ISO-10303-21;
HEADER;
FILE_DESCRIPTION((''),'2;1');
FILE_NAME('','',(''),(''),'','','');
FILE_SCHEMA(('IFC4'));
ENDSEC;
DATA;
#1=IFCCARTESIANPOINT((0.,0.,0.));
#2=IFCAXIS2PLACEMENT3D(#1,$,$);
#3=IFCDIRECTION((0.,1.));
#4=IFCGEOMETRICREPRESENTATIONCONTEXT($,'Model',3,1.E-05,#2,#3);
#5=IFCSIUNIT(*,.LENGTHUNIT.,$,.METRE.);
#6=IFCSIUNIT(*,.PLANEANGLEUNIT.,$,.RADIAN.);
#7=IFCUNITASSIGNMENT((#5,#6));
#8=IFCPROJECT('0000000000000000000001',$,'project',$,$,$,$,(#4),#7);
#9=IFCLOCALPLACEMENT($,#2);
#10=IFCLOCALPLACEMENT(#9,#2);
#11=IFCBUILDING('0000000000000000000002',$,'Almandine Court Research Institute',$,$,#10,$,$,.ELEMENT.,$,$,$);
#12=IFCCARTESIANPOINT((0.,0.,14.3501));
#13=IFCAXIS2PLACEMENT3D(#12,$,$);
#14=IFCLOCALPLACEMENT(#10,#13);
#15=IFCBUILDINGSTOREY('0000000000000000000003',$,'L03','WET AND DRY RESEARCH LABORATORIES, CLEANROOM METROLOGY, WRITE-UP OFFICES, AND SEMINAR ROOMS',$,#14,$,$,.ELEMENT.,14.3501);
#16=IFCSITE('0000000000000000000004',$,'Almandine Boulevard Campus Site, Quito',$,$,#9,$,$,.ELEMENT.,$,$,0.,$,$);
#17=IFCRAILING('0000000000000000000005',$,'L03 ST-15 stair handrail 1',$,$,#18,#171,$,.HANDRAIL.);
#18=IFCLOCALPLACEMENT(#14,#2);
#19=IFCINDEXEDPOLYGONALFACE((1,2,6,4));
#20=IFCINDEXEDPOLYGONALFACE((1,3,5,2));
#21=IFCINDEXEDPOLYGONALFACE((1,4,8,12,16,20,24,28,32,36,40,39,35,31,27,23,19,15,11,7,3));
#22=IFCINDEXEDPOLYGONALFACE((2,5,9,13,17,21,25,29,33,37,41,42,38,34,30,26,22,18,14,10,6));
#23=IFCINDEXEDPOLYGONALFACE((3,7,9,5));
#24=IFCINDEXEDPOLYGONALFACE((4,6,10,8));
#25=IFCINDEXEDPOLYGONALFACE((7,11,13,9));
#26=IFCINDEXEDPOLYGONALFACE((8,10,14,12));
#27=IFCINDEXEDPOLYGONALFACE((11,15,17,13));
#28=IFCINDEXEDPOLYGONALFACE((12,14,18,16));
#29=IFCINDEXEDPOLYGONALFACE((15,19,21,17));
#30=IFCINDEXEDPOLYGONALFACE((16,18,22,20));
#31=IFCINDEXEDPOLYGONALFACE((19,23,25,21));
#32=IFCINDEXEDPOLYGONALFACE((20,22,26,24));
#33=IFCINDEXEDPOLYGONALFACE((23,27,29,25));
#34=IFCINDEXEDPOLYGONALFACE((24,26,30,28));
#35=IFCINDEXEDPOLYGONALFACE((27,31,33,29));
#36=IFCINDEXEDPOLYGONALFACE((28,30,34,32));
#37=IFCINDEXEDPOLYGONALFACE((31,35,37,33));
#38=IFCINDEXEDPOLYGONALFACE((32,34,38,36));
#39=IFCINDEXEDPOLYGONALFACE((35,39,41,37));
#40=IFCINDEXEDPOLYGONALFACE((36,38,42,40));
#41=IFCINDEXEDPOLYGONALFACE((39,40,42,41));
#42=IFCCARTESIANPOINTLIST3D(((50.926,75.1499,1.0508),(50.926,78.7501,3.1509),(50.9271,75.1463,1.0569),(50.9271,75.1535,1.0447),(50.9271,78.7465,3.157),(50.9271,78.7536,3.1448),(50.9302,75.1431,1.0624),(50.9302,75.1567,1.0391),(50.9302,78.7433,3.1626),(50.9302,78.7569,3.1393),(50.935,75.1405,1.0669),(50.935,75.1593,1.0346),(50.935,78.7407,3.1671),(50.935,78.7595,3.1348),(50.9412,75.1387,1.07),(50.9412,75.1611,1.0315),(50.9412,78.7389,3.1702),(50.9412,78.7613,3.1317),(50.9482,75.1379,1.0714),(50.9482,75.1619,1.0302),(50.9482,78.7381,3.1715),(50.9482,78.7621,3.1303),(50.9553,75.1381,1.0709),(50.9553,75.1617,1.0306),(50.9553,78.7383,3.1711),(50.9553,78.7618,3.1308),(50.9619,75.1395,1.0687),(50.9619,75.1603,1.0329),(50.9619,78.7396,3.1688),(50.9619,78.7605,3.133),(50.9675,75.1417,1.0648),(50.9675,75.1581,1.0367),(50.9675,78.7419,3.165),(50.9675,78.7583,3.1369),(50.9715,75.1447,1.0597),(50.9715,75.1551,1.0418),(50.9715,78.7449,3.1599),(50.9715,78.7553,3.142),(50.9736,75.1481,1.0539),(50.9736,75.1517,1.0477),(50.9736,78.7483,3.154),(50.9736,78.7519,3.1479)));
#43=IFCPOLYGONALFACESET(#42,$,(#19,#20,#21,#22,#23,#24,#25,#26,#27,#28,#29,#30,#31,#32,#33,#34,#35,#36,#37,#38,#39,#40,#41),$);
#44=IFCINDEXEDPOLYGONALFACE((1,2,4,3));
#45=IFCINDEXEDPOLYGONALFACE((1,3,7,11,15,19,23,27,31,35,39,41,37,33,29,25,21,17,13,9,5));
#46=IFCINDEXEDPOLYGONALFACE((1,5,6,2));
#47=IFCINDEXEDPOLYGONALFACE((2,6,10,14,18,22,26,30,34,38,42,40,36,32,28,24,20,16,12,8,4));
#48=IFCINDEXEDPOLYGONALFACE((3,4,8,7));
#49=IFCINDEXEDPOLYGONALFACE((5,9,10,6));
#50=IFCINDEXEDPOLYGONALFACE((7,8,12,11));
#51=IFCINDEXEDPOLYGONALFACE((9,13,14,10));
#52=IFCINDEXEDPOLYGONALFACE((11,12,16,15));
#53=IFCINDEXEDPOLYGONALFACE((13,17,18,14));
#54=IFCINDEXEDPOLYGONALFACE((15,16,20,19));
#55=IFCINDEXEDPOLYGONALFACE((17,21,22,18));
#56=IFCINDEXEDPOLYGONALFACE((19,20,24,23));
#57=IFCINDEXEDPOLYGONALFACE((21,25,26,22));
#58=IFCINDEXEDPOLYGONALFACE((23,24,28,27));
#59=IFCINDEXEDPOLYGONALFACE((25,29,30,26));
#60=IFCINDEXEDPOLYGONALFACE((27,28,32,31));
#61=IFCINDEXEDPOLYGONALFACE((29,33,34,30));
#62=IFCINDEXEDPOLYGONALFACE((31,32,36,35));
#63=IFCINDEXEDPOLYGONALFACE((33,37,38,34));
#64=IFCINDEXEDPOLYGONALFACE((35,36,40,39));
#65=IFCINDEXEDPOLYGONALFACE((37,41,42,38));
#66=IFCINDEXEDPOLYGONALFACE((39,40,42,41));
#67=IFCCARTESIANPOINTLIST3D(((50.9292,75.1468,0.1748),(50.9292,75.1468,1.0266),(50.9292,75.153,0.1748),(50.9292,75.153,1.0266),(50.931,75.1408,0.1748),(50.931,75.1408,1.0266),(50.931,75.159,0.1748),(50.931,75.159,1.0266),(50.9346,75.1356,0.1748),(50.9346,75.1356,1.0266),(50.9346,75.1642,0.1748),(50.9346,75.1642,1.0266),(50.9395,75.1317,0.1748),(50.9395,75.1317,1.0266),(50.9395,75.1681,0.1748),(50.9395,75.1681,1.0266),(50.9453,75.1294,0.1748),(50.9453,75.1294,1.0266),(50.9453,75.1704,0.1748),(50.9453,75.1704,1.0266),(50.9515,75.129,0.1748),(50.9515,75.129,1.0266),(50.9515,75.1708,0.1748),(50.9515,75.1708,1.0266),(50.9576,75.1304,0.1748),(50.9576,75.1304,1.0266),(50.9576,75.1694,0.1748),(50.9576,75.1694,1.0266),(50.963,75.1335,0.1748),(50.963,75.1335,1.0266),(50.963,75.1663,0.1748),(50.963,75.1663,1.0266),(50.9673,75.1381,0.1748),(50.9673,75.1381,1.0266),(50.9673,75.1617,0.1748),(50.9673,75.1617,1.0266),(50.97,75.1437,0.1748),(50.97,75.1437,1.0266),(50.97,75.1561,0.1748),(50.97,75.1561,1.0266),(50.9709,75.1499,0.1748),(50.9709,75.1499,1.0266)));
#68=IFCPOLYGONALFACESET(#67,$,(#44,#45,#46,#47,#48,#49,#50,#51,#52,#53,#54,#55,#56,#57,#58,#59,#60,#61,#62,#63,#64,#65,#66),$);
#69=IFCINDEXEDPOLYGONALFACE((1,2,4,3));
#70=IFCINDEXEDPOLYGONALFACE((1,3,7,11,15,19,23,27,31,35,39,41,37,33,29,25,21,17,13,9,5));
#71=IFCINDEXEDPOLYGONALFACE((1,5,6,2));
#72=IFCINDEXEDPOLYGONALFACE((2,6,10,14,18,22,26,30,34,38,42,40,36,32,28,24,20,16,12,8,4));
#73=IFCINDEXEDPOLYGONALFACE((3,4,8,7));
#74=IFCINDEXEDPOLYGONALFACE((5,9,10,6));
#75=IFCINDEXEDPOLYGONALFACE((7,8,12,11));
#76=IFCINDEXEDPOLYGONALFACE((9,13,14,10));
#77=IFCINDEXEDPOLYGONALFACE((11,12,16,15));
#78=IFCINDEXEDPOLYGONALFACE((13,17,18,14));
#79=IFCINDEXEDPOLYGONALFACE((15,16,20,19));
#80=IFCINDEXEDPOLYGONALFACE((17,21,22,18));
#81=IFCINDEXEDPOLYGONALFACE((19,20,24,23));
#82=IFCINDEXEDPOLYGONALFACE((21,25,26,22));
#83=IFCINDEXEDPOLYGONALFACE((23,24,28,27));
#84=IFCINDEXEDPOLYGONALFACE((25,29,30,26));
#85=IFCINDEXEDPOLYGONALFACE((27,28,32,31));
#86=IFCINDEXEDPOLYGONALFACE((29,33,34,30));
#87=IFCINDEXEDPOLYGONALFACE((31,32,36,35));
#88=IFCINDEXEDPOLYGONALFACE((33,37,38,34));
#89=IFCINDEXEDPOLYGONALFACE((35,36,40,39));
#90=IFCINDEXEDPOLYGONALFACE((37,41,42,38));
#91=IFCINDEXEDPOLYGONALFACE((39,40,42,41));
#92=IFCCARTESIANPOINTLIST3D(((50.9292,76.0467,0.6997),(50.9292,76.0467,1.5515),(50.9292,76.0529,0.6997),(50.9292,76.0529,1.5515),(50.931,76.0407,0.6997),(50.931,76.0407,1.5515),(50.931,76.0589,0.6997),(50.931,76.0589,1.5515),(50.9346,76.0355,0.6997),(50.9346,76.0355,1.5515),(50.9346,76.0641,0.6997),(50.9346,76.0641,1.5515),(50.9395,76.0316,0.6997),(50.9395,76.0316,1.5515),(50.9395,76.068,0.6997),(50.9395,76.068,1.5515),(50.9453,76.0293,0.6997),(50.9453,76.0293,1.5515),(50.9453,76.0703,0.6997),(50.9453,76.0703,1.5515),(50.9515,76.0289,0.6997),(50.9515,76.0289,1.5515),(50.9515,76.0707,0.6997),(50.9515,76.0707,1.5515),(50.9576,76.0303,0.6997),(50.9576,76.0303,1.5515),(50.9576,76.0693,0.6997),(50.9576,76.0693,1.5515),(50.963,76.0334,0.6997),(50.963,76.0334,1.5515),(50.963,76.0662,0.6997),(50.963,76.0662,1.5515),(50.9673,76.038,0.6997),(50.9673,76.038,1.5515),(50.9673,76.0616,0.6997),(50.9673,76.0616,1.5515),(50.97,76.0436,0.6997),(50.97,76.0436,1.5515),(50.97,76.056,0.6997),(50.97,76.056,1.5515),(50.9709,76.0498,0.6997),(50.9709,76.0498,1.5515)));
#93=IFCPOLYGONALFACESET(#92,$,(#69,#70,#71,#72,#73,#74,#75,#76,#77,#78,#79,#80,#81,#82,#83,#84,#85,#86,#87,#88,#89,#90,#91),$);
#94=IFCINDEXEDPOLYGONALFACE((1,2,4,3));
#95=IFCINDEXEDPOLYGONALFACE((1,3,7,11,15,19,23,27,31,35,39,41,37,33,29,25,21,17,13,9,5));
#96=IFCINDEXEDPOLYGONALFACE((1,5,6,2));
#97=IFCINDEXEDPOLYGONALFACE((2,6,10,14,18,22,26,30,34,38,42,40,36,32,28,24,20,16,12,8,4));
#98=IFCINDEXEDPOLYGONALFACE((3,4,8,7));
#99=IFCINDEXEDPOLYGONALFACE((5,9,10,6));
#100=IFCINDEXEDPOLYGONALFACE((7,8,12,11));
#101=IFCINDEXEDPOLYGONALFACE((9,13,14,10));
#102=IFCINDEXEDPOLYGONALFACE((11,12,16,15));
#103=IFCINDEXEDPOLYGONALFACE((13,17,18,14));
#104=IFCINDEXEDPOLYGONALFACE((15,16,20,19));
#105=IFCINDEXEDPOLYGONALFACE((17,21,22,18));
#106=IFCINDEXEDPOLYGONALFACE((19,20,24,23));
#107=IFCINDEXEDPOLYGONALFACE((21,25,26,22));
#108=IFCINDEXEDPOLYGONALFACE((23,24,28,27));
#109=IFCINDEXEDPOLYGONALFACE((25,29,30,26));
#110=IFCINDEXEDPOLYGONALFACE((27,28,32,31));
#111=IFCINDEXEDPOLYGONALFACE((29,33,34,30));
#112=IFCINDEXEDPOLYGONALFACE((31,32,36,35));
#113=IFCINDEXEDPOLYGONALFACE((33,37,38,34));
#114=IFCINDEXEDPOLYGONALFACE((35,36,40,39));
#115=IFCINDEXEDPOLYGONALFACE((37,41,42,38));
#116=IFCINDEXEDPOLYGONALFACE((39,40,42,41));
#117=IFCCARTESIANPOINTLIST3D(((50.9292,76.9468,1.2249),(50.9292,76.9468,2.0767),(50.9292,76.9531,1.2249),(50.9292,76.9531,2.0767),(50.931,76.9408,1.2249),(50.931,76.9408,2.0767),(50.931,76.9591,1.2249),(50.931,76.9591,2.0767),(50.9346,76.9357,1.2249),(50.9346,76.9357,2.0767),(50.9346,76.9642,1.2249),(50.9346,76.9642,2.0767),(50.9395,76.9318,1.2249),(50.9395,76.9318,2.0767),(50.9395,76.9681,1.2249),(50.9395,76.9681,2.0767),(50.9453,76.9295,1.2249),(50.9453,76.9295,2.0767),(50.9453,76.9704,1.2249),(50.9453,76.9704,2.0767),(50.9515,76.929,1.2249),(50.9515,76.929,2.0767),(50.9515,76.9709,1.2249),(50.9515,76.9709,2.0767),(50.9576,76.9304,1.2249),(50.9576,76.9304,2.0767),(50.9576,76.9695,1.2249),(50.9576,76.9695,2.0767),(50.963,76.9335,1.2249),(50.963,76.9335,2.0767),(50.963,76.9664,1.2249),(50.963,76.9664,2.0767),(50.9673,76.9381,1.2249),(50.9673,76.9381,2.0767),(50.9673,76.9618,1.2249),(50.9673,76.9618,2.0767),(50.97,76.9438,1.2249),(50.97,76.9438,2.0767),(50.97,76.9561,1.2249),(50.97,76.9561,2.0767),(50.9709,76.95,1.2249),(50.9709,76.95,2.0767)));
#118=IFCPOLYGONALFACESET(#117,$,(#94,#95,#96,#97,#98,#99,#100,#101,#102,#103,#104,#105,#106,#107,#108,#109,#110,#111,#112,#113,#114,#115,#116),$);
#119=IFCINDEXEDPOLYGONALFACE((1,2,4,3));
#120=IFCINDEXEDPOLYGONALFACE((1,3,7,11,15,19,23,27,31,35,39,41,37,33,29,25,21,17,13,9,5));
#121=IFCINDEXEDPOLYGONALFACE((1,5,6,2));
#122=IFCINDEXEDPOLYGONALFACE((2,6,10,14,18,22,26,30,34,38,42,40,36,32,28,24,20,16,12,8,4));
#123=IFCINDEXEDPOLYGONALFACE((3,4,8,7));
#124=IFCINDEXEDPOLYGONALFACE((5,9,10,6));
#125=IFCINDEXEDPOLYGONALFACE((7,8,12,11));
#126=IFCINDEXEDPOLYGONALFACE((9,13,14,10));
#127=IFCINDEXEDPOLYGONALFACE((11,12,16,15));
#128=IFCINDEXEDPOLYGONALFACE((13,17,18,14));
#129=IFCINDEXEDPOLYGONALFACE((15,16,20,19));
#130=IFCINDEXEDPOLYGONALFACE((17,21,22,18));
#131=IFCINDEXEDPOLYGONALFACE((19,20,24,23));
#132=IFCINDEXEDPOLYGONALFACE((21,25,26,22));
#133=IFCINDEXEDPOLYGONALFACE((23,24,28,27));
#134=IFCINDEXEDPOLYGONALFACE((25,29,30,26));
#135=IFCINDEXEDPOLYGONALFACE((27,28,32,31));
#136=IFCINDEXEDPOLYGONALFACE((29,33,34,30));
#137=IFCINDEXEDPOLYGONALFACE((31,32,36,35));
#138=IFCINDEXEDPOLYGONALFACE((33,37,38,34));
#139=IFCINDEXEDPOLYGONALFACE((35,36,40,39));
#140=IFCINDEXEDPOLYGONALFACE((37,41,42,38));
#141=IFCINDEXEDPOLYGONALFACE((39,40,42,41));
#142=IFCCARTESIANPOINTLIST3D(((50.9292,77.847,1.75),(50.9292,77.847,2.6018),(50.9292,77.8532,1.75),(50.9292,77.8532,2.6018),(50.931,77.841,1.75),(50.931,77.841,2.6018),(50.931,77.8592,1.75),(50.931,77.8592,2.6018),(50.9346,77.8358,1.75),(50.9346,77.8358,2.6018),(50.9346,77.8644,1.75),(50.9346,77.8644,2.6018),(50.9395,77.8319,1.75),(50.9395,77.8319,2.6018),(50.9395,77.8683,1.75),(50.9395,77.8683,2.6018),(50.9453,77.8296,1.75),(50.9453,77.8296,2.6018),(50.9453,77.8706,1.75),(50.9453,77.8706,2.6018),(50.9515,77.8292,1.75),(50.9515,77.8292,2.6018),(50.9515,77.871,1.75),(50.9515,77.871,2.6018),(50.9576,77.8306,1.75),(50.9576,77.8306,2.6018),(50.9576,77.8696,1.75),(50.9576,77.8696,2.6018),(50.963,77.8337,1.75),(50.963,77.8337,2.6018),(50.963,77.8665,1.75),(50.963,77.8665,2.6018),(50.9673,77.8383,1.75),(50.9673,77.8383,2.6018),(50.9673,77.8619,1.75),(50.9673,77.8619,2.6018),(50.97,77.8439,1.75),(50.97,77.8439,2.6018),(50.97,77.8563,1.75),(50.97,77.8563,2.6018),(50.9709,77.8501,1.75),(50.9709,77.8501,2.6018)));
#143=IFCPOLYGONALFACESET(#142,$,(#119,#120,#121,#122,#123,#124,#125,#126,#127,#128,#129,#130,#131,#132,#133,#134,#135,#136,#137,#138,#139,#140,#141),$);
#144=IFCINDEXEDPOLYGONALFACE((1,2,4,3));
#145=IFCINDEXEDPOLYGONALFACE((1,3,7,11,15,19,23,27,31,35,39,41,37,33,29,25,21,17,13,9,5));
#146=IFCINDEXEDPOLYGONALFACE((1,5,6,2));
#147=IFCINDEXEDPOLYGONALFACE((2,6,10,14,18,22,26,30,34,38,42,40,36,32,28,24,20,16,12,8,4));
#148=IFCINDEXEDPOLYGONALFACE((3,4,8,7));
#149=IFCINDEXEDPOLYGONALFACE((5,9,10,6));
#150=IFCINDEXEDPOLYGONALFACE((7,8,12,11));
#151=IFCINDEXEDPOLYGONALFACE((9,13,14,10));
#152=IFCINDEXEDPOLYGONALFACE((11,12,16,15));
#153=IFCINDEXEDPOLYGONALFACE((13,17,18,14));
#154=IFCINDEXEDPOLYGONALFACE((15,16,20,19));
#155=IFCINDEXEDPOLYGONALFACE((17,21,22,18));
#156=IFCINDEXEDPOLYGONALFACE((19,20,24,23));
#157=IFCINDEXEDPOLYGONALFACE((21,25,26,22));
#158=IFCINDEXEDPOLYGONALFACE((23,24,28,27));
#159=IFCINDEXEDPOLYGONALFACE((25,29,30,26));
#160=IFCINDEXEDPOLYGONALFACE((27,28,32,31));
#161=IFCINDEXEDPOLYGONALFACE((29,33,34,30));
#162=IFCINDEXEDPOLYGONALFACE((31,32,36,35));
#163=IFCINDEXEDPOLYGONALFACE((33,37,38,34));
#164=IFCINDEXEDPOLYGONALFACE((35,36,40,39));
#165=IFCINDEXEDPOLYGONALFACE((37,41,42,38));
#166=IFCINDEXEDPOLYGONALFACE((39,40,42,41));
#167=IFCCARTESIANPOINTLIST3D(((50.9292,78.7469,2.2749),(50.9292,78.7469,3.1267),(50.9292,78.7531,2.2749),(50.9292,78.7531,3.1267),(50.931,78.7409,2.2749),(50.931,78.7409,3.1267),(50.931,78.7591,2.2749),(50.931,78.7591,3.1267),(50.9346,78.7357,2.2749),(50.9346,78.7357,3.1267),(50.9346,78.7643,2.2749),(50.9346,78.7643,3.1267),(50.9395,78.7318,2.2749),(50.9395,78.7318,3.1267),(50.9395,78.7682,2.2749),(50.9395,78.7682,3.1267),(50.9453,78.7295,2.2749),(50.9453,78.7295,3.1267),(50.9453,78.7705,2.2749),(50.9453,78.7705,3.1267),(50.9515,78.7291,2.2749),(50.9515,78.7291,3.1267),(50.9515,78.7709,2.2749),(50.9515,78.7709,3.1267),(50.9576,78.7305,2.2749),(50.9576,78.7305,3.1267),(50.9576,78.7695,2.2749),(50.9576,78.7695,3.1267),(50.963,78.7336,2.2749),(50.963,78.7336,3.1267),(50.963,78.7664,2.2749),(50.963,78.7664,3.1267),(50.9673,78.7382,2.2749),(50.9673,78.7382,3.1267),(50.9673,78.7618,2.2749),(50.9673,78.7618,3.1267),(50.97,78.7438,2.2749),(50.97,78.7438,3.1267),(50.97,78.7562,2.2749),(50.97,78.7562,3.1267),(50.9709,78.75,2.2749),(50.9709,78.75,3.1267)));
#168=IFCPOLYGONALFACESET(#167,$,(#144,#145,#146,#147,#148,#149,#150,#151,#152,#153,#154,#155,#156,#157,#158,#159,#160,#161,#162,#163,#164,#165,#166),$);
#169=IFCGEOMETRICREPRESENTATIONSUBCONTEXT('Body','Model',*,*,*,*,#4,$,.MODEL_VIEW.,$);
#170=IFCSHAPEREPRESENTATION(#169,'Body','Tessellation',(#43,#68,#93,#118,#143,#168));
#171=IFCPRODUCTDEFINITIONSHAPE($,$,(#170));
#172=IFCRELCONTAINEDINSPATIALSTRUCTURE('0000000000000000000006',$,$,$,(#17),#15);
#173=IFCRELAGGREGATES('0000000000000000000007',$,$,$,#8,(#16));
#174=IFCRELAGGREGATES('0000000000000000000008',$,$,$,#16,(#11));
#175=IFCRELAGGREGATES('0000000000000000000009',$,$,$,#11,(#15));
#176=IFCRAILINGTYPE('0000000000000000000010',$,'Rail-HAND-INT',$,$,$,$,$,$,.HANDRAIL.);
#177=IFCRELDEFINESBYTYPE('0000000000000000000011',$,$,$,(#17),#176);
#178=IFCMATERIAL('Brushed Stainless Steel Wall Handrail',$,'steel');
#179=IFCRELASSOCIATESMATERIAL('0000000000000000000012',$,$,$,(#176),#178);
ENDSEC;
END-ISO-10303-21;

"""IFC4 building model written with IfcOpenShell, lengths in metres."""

from ifc_helpers import new_model, si_unit, direction, frame, origin, origin_2d, place, context, subcontext, project, spatial, circle, extrude, material, type_object, element, save


model = new_model("IFC4")

# Units and contexts
model_context = context("Model", 3, precision=1e-05, world=origin(), true_north=direction((0.0, 1.0)))
body_context = subcontext(model_context, "Body", "Model", "MODEL_VIEW")
ifc_project = project(units=[si_unit("LENGTHUNIT", "METRE"), si_unit("PLANEANGLEUNIT", "RADIAN")], contexts=[model_context])

# Site, building, storey
site_placement = place(None, origin())
site = spatial("IfcSite", under=ifc_project, at=site_placement, Name="Almandine Boulevard Campus Site, Quito", CompositionType="ELEMENT", RefElevation=0.0)
building_placement = place(site_placement, origin())
building = spatial("IfcBuilding", under=site, at=building_placement, Name="Almandine Court Research Institute", CompositionType="ELEMENT")
storey_placement = place(building_placement, frame((0.0, 0.0, 14.3501)))
storey = spatial("IfcBuildingStorey", under=building, at=storey_placement, Name="L03", Description="WET AND DRY RESEARCH LABORATORIES, CLEANROOM METROLOGY, WRITE-UP OFFICES, AND SEMINAR ROOMS", CompositionType="ELEMENT", Elevation=14.3501)

# Railing
ifc_material_1 = material(Name="Brushed Stainless Steel Wall Handrail", Category="steel")
railing_type_1 = type_object("IfcRailingType", Name="Rail-HAND-INT", PredefinedType="HANDRAIL", material=ifc_material_1)
railing_1_placement = place(storey_placement, frame((50.95, 75.1499, 0.1748)))
element("IfcRailing", 1, at=railing_1_placement, inside=storey, type_object=railing_type_1, Name="L03 ST-15 stair handrail 1", PredefinedType="HANDRAIL", context=body_context, shape_type="SweptSolid", body=[
    extrude(circle(Radius=0.0239, at=origin_2d()), frame((0.0, 0.0, 0.876), z_axis=(0.0, 0.863775, 0.503878), x_axis=(-1.0, 0.0, 0.0)), (0.0, 0.0, 1.0), 4.168),
    extrude(circle(Radius=0.021, at=origin_2d()), origin(), (0.0, 0.0, 1.0), 0.8518),
    extrude(circle(Radius=0.021, at=origin_2d()), frame((0.0, 0.8999, 0.5249)), (0.0, 0.0, 1.0), 0.8518),
    extrude(circle(Radius=0.021, at=origin_2d()), frame((0.0, 1.8, 1.05)), (0.0, 0.0, 1.0), 0.8518),
    extrude(circle(Radius=0.021, at=origin_2d()), frame((0.0, 2.7002, 1.5752)), (0.0, 0.0, 1.0), 0.8518),
    extrude(circle(Radius=0.021, at=origin_2d()), frame((0.0, 3.6001, 2.1001)), (0.0, 0.0, 1.0), 0.8518),
])

save(model, "model.ifc")
